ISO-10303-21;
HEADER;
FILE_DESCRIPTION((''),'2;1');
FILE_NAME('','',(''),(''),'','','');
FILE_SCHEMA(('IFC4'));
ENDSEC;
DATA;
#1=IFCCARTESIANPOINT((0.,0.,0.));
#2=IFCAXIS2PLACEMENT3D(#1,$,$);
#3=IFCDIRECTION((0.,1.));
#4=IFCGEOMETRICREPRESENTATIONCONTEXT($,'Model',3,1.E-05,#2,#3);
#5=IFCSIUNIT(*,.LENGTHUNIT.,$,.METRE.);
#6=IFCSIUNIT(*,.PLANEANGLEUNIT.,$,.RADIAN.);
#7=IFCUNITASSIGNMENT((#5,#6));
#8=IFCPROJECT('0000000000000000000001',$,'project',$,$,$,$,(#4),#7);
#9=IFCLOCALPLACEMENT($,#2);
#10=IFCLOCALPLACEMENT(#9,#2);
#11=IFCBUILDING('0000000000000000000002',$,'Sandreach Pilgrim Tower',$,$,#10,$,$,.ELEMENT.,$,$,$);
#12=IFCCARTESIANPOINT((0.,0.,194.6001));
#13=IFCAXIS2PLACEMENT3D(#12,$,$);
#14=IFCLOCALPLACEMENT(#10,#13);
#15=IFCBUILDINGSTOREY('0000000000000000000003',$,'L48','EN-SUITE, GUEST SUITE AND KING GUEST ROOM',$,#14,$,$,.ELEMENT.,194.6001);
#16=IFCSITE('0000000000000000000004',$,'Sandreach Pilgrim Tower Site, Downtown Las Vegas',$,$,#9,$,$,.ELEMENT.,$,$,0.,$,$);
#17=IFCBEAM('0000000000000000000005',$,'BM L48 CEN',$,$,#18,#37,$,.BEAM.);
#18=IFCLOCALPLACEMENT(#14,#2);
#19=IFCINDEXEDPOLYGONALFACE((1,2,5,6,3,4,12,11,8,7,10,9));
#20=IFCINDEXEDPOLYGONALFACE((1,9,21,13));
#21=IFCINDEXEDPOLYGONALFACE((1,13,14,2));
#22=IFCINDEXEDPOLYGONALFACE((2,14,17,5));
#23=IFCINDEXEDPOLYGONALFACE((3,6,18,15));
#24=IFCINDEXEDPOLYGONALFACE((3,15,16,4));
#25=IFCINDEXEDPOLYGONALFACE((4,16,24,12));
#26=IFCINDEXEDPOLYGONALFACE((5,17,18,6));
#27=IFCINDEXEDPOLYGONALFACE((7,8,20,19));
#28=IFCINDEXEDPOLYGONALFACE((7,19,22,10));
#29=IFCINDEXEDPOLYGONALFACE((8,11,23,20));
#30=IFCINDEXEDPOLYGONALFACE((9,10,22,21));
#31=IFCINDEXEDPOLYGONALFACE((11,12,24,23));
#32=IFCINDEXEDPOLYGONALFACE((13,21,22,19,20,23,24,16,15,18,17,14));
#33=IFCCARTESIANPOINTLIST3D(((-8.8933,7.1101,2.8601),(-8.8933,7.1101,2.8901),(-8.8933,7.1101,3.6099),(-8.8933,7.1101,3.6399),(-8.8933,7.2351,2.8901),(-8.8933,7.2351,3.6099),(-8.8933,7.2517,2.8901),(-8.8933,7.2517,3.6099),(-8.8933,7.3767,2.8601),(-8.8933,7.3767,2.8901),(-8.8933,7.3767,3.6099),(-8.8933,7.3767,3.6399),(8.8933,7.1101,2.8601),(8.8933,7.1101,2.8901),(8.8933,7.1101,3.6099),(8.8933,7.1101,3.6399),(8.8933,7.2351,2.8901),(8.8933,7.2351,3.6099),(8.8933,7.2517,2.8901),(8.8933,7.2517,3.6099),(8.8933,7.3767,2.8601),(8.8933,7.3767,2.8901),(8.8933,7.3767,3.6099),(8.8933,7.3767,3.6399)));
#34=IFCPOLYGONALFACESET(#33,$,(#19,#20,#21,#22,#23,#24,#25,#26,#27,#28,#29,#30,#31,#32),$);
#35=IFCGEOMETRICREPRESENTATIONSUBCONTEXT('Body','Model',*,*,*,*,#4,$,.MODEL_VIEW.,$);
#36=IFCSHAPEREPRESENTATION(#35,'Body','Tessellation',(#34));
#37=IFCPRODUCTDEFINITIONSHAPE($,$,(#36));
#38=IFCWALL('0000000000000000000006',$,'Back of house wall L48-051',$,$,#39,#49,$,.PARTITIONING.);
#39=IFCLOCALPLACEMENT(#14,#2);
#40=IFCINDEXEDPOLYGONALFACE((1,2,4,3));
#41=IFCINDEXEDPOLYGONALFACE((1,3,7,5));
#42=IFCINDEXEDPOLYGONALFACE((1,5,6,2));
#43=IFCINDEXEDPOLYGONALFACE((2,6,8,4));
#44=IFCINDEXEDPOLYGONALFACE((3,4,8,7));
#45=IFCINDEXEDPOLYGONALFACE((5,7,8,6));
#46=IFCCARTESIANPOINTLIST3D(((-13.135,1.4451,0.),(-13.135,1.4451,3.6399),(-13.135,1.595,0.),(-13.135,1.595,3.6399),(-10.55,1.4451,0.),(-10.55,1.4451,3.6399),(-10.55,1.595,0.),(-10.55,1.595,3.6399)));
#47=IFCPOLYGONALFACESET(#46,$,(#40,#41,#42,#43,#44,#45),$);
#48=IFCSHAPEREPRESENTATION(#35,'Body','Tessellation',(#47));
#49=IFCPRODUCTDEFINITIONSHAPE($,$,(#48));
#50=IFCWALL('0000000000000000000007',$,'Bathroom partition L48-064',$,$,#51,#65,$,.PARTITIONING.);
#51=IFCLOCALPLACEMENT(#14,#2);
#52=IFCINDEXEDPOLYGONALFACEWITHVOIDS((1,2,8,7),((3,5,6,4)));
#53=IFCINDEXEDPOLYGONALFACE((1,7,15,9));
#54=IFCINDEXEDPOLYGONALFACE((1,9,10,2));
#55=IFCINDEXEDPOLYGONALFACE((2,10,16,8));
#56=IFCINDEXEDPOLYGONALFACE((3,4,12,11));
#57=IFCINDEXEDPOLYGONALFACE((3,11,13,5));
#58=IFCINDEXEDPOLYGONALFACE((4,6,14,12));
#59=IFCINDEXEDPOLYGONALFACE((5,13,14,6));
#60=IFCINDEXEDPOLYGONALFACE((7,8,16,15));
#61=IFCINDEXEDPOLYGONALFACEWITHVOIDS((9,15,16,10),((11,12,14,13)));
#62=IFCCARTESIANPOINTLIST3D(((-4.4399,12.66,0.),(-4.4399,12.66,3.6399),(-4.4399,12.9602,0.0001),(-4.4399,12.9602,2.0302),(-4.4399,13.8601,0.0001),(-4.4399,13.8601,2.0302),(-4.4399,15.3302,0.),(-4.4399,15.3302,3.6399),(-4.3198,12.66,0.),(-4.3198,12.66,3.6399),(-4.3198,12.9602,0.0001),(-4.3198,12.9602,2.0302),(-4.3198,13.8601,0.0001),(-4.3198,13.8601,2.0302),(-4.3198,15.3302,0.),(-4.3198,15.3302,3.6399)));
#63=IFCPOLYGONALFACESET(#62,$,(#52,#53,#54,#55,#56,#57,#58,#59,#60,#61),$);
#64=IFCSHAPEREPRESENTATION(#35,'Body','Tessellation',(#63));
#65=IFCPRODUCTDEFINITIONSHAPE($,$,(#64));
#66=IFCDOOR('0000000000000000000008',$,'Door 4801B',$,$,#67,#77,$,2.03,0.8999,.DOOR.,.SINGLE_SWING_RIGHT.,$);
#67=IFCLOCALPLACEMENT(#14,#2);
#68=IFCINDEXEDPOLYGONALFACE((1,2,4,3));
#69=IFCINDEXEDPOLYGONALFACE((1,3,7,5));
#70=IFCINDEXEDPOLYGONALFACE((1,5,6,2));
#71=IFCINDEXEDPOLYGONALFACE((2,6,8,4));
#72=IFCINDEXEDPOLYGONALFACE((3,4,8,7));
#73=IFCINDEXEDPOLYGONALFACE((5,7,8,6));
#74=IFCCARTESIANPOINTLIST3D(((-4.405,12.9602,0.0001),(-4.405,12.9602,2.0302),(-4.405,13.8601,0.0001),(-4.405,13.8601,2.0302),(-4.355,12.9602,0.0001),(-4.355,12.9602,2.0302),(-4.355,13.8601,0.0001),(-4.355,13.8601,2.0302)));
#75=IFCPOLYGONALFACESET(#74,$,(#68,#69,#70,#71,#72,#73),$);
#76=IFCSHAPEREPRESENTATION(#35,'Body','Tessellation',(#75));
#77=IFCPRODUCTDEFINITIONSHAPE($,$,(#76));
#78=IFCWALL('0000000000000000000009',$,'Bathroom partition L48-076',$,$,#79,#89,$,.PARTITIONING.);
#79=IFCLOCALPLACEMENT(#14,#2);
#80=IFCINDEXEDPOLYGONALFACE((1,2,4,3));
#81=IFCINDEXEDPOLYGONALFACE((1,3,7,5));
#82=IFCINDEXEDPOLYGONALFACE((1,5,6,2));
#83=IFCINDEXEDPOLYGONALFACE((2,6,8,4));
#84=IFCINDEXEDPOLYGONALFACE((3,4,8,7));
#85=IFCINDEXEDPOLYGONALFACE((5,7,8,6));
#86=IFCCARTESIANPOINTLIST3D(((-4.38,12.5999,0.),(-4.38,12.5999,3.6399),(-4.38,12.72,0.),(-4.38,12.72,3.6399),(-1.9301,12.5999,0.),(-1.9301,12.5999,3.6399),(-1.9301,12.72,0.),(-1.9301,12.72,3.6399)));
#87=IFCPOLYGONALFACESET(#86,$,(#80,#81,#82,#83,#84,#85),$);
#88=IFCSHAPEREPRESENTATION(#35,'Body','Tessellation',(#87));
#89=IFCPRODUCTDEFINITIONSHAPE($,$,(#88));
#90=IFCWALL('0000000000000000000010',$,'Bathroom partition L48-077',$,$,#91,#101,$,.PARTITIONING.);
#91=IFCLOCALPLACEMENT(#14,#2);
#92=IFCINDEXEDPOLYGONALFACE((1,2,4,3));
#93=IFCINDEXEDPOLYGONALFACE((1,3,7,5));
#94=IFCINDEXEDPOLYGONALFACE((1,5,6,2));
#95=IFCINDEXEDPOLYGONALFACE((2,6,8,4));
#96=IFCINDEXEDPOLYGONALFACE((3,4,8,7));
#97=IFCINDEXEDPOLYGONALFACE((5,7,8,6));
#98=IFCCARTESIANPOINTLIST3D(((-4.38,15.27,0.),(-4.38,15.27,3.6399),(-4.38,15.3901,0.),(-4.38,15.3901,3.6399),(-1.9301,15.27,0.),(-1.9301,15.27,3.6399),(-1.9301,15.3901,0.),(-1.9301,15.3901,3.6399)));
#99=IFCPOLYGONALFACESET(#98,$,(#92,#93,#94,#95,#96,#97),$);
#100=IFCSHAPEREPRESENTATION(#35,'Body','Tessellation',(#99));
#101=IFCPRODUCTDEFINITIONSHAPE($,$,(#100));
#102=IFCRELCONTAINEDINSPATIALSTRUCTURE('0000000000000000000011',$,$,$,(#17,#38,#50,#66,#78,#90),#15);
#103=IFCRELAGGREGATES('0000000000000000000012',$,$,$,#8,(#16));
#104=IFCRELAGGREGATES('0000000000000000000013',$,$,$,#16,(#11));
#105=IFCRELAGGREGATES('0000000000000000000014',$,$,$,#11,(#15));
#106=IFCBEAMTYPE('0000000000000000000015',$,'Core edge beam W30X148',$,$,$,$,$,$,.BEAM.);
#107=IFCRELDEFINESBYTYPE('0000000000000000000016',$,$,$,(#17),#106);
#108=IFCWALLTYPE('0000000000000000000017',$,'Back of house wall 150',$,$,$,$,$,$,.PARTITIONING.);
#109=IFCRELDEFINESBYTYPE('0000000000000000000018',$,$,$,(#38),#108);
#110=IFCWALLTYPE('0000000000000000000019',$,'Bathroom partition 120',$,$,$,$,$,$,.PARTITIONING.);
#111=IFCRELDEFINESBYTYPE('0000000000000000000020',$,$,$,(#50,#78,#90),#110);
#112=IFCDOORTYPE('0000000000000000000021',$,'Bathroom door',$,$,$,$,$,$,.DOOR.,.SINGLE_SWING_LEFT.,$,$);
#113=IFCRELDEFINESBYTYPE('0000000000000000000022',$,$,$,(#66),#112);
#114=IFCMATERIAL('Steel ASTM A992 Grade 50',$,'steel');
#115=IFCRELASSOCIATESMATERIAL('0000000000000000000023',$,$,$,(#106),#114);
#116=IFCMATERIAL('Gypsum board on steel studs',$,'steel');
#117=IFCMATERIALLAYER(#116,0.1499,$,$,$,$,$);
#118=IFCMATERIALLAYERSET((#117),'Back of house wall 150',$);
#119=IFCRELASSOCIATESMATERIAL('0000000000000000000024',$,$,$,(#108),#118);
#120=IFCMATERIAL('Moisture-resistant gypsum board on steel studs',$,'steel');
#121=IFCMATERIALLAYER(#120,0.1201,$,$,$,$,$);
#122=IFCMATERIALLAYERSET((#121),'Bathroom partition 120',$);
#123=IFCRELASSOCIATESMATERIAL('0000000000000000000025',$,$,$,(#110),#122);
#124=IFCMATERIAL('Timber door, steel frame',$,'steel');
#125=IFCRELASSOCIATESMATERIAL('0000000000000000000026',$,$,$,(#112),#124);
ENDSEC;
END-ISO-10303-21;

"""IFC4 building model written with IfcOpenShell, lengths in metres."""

from ifc_helpers import new_model, si_unit, direction, frame, frame_2d, origin, origin_2d, place, context, subcontext, project, spatial, rectangle, i_section, extrude, material, layer, layer_set, material_profile, profile_set, type_object, element, fill, save


model = new_model("IFC4")

# Units and contexts
model_context = context("Model", 3, precision=1e-05, world=origin(), true_north=direction((0.0, 1.0)))
body_context = subcontext(model_context, "Body", "Model", "MODEL_VIEW")
ifc_project = project(units=[si_unit("LENGTHUNIT", "METRE"), si_unit("PLANEANGLEUNIT", "RADIAN")], contexts=[model_context])

# Site, building, storey
site_placement = place(None, origin())
site = spatial("IfcSite", under=ifc_project, at=site_placement, Name="Sandreach Pilgrim Tower Site, Downtown Las Vegas", CompositionType="ELEMENT", RefElevation=0.0)
building_placement = place(site_placement, origin())
building = spatial("IfcBuilding", under=site, at=building_placement, Name="Sandreach Pilgrim Tower", CompositionType="ELEMENT")
storey_placement = place(building_placement, frame((0.0, 0.0, 194.6001)))
storey = spatial("IfcBuildingStorey", under=building, at=storey_placement, Name="L48", Description="EN-SUITE, GUEST SUITE AND KING GUEST ROOM", CompositionType="ELEMENT", Elevation=194.6001)

# Beam
ifc_material_1 = material(Name="Steel ASTM A992 Grade 50", Category="steel")
ifc_material_profile = material_profile(ifc_material_1, i_section(OverallWidth=0.2666, OverallDepth=0.7798, WebThickness=0.0166, FlangeThickness=0.03, at=origin_2d()), Name="W30X148")
ifc_profile_set = profile_set([ifc_material_profile], Name="Steel ASTM A992 Grade 50")
beam_type = type_object("IfcBeamType", Name="Core edge beam W30X148", PredefinedType="BEAM", material=ifc_profile_set)
beam_placement = place(storey_placement, frame((-8.8933, 7.2434, 3.25), z_axis=(1.0, 0.0, 0.0), x_axis=(0.0, 1.0, 0.0)))
element("IfcBeam", 1, at=beam_placement, inside=storey, type_object=beam_type, Name="BM L48 CEN", PredefinedType="BEAM", context=body_context, shape_type="SweptSolid", body=[
    extrude(i_section(OverallWidth=0.2666, OverallDepth=0.7798, WebThickness=0.0166, FlangeThickness=0.03, at=origin_2d()), origin(), (0.0, 0.0, 1.0), 17.7866),
])

# Wall
ifc_material_2 = material(Name="Gypsum board on steel studs", Category="steel")
ifc_layer_1 = layer(ifc_material_2, 0.1499)
ifc_layer_set_1 = layer_set([ifc_layer_1], Name="Back of house wall 150")
wall_type_1 = type_object("IfcWallType", Name="Back of house wall 150", PredefinedType="PARTITIONING", material=ifc_layer_set_1)
wall_1_placement = place(storey_placement, frame((-10.55, 1.52, 0.0), z_axis=(0.0, 0.0, 1.0), x_axis=(-1.0, 0.0, 0.0)))
element("IfcWall", 2, at=wall_1_placement, inside=storey, type_object=wall_type_1, Name="Back of house wall L48-051", PredefinedType="PARTITIONING", context=body_context, shape_type="SweptSolid", body=[
    extrude(rectangle(XDim=2.585, YDim=0.1499, at=frame_2d((1.2925, 0.0))), origin(), (0.0, 0.0, 1.0), 3.6399),
])

# Wall, opening, door
ifc_material_3 = material(Name="Moisture-resistant gypsum board on steel studs", Category="steel")
ifc_layer_2 = layer(ifc_material_3, 0.1201)
ifc_layer_set_2 = layer_set([ifc_layer_2], Name="Bathroom partition 120")
wall_type_2 = type_object("IfcWallType", Name="Bathroom partition 120", PredefinedType="PARTITIONING", material=ifc_layer_set_2)
wall_2_placement = place(storey_placement, frame((-4.3799, 15.3301, 0.0), z_axis=(0.0, 0.0, 1.0), x_axis=(0.0, -1.0, 0.0)))
wall_2 = element("IfcWall", 3, at=wall_2_placement, inside=storey, type_object=wall_type_2, Name="Bathroom partition L48-064", PredefinedType="PARTITIONING", context=body_context, shape_type="SweptSolid", body=[
    extrude(rectangle(XDim=2.6702, YDim=0.1201, at=frame_2d((1.335, 0.0))), origin(), (0.0, 0.0, 1.0), 3.6399),
])
opening_1_placement = place(wall_2_placement, frame((1.47, 0.0, 0.0)))
opening_1 = element("IfcOpeningElement", 4, at=opening_1_placement, cuts=wall_2, PredefinedType="OPENING", context=body_context, shape_type="SweptSolid", body=[
    extrude(rectangle(XDim=0.8999, YDim=2.03, at=frame_2d((0.45, 1.0151))), frame((0.0, 0.0601, 0.0), z_axis=(0.0, -1.0, 0.0), x_axis=(1.0, 0.0, 0.0)), (0.0, 0.0, 1.0), 0.1201),
])
ifc_material_4 = material(Name="Timber door, steel frame", Category="steel")
door_type_1 = type_object("IfcDoorType", Name="Bathroom door", OperationType="SINGLE_SWING_LEFT", PredefinedType="DOOR", material=ifc_material_4)
door_1_placement = place(opening_1_placement, origin())
door_1 = element("IfcDoor", 5, at=door_1_placement, inside=storey, type_object=door_type_1, Name="Door 4801B", OperationType="SINGLE_SWING_RIGHT", OverallHeight=2.03, OverallWidth=0.8999, PredefinedType="DOOR", context=body_context, shape_type="SweptSolid", body=[
    extrude(rectangle(XDim=0.8999, YDim=2.03, at=frame_2d((0.45, 1.0151))), frame((0.0, 0.0249, 0.0), z_axis=(0.0, -1.0, 0.0), x_axis=(1.0, 0.0, 0.0)), (0.0, 0.0, 1.0), 0.05),
])
fill(opening_1, door_1)

# Walls
for number, where, z_axis, x_axis, name in (
    (6, (-1.9299, 12.6599, 0.0), (0.0, 0.0, 1.0), (-1.0, 0.0, 0.0), "Bathroom partition L48-076"),
    (7, (-1.9299, 15.3301, 0.0), (0.0, 0.0, 1.0), (-1.0, 0.0, 0.0), "Bathroom partition L48-077"),
):
    element("IfcWall", number, at=place(storey_placement, frame(where, z_axis=z_axis, x_axis=x_axis)), inside=storey, type_object=wall_type_2, Name=name, PredefinedType="PARTITIONING", context=body_context, shape_type="SweptSolid", body=[
        extrude(rectangle(XDim=2.45, YDim=0.1201, at=frame_2d((1.2251, 0.0))), origin(), (0.0, 0.0, 1.0), 3.6399),
    ])

save(model, "model.ifc")
